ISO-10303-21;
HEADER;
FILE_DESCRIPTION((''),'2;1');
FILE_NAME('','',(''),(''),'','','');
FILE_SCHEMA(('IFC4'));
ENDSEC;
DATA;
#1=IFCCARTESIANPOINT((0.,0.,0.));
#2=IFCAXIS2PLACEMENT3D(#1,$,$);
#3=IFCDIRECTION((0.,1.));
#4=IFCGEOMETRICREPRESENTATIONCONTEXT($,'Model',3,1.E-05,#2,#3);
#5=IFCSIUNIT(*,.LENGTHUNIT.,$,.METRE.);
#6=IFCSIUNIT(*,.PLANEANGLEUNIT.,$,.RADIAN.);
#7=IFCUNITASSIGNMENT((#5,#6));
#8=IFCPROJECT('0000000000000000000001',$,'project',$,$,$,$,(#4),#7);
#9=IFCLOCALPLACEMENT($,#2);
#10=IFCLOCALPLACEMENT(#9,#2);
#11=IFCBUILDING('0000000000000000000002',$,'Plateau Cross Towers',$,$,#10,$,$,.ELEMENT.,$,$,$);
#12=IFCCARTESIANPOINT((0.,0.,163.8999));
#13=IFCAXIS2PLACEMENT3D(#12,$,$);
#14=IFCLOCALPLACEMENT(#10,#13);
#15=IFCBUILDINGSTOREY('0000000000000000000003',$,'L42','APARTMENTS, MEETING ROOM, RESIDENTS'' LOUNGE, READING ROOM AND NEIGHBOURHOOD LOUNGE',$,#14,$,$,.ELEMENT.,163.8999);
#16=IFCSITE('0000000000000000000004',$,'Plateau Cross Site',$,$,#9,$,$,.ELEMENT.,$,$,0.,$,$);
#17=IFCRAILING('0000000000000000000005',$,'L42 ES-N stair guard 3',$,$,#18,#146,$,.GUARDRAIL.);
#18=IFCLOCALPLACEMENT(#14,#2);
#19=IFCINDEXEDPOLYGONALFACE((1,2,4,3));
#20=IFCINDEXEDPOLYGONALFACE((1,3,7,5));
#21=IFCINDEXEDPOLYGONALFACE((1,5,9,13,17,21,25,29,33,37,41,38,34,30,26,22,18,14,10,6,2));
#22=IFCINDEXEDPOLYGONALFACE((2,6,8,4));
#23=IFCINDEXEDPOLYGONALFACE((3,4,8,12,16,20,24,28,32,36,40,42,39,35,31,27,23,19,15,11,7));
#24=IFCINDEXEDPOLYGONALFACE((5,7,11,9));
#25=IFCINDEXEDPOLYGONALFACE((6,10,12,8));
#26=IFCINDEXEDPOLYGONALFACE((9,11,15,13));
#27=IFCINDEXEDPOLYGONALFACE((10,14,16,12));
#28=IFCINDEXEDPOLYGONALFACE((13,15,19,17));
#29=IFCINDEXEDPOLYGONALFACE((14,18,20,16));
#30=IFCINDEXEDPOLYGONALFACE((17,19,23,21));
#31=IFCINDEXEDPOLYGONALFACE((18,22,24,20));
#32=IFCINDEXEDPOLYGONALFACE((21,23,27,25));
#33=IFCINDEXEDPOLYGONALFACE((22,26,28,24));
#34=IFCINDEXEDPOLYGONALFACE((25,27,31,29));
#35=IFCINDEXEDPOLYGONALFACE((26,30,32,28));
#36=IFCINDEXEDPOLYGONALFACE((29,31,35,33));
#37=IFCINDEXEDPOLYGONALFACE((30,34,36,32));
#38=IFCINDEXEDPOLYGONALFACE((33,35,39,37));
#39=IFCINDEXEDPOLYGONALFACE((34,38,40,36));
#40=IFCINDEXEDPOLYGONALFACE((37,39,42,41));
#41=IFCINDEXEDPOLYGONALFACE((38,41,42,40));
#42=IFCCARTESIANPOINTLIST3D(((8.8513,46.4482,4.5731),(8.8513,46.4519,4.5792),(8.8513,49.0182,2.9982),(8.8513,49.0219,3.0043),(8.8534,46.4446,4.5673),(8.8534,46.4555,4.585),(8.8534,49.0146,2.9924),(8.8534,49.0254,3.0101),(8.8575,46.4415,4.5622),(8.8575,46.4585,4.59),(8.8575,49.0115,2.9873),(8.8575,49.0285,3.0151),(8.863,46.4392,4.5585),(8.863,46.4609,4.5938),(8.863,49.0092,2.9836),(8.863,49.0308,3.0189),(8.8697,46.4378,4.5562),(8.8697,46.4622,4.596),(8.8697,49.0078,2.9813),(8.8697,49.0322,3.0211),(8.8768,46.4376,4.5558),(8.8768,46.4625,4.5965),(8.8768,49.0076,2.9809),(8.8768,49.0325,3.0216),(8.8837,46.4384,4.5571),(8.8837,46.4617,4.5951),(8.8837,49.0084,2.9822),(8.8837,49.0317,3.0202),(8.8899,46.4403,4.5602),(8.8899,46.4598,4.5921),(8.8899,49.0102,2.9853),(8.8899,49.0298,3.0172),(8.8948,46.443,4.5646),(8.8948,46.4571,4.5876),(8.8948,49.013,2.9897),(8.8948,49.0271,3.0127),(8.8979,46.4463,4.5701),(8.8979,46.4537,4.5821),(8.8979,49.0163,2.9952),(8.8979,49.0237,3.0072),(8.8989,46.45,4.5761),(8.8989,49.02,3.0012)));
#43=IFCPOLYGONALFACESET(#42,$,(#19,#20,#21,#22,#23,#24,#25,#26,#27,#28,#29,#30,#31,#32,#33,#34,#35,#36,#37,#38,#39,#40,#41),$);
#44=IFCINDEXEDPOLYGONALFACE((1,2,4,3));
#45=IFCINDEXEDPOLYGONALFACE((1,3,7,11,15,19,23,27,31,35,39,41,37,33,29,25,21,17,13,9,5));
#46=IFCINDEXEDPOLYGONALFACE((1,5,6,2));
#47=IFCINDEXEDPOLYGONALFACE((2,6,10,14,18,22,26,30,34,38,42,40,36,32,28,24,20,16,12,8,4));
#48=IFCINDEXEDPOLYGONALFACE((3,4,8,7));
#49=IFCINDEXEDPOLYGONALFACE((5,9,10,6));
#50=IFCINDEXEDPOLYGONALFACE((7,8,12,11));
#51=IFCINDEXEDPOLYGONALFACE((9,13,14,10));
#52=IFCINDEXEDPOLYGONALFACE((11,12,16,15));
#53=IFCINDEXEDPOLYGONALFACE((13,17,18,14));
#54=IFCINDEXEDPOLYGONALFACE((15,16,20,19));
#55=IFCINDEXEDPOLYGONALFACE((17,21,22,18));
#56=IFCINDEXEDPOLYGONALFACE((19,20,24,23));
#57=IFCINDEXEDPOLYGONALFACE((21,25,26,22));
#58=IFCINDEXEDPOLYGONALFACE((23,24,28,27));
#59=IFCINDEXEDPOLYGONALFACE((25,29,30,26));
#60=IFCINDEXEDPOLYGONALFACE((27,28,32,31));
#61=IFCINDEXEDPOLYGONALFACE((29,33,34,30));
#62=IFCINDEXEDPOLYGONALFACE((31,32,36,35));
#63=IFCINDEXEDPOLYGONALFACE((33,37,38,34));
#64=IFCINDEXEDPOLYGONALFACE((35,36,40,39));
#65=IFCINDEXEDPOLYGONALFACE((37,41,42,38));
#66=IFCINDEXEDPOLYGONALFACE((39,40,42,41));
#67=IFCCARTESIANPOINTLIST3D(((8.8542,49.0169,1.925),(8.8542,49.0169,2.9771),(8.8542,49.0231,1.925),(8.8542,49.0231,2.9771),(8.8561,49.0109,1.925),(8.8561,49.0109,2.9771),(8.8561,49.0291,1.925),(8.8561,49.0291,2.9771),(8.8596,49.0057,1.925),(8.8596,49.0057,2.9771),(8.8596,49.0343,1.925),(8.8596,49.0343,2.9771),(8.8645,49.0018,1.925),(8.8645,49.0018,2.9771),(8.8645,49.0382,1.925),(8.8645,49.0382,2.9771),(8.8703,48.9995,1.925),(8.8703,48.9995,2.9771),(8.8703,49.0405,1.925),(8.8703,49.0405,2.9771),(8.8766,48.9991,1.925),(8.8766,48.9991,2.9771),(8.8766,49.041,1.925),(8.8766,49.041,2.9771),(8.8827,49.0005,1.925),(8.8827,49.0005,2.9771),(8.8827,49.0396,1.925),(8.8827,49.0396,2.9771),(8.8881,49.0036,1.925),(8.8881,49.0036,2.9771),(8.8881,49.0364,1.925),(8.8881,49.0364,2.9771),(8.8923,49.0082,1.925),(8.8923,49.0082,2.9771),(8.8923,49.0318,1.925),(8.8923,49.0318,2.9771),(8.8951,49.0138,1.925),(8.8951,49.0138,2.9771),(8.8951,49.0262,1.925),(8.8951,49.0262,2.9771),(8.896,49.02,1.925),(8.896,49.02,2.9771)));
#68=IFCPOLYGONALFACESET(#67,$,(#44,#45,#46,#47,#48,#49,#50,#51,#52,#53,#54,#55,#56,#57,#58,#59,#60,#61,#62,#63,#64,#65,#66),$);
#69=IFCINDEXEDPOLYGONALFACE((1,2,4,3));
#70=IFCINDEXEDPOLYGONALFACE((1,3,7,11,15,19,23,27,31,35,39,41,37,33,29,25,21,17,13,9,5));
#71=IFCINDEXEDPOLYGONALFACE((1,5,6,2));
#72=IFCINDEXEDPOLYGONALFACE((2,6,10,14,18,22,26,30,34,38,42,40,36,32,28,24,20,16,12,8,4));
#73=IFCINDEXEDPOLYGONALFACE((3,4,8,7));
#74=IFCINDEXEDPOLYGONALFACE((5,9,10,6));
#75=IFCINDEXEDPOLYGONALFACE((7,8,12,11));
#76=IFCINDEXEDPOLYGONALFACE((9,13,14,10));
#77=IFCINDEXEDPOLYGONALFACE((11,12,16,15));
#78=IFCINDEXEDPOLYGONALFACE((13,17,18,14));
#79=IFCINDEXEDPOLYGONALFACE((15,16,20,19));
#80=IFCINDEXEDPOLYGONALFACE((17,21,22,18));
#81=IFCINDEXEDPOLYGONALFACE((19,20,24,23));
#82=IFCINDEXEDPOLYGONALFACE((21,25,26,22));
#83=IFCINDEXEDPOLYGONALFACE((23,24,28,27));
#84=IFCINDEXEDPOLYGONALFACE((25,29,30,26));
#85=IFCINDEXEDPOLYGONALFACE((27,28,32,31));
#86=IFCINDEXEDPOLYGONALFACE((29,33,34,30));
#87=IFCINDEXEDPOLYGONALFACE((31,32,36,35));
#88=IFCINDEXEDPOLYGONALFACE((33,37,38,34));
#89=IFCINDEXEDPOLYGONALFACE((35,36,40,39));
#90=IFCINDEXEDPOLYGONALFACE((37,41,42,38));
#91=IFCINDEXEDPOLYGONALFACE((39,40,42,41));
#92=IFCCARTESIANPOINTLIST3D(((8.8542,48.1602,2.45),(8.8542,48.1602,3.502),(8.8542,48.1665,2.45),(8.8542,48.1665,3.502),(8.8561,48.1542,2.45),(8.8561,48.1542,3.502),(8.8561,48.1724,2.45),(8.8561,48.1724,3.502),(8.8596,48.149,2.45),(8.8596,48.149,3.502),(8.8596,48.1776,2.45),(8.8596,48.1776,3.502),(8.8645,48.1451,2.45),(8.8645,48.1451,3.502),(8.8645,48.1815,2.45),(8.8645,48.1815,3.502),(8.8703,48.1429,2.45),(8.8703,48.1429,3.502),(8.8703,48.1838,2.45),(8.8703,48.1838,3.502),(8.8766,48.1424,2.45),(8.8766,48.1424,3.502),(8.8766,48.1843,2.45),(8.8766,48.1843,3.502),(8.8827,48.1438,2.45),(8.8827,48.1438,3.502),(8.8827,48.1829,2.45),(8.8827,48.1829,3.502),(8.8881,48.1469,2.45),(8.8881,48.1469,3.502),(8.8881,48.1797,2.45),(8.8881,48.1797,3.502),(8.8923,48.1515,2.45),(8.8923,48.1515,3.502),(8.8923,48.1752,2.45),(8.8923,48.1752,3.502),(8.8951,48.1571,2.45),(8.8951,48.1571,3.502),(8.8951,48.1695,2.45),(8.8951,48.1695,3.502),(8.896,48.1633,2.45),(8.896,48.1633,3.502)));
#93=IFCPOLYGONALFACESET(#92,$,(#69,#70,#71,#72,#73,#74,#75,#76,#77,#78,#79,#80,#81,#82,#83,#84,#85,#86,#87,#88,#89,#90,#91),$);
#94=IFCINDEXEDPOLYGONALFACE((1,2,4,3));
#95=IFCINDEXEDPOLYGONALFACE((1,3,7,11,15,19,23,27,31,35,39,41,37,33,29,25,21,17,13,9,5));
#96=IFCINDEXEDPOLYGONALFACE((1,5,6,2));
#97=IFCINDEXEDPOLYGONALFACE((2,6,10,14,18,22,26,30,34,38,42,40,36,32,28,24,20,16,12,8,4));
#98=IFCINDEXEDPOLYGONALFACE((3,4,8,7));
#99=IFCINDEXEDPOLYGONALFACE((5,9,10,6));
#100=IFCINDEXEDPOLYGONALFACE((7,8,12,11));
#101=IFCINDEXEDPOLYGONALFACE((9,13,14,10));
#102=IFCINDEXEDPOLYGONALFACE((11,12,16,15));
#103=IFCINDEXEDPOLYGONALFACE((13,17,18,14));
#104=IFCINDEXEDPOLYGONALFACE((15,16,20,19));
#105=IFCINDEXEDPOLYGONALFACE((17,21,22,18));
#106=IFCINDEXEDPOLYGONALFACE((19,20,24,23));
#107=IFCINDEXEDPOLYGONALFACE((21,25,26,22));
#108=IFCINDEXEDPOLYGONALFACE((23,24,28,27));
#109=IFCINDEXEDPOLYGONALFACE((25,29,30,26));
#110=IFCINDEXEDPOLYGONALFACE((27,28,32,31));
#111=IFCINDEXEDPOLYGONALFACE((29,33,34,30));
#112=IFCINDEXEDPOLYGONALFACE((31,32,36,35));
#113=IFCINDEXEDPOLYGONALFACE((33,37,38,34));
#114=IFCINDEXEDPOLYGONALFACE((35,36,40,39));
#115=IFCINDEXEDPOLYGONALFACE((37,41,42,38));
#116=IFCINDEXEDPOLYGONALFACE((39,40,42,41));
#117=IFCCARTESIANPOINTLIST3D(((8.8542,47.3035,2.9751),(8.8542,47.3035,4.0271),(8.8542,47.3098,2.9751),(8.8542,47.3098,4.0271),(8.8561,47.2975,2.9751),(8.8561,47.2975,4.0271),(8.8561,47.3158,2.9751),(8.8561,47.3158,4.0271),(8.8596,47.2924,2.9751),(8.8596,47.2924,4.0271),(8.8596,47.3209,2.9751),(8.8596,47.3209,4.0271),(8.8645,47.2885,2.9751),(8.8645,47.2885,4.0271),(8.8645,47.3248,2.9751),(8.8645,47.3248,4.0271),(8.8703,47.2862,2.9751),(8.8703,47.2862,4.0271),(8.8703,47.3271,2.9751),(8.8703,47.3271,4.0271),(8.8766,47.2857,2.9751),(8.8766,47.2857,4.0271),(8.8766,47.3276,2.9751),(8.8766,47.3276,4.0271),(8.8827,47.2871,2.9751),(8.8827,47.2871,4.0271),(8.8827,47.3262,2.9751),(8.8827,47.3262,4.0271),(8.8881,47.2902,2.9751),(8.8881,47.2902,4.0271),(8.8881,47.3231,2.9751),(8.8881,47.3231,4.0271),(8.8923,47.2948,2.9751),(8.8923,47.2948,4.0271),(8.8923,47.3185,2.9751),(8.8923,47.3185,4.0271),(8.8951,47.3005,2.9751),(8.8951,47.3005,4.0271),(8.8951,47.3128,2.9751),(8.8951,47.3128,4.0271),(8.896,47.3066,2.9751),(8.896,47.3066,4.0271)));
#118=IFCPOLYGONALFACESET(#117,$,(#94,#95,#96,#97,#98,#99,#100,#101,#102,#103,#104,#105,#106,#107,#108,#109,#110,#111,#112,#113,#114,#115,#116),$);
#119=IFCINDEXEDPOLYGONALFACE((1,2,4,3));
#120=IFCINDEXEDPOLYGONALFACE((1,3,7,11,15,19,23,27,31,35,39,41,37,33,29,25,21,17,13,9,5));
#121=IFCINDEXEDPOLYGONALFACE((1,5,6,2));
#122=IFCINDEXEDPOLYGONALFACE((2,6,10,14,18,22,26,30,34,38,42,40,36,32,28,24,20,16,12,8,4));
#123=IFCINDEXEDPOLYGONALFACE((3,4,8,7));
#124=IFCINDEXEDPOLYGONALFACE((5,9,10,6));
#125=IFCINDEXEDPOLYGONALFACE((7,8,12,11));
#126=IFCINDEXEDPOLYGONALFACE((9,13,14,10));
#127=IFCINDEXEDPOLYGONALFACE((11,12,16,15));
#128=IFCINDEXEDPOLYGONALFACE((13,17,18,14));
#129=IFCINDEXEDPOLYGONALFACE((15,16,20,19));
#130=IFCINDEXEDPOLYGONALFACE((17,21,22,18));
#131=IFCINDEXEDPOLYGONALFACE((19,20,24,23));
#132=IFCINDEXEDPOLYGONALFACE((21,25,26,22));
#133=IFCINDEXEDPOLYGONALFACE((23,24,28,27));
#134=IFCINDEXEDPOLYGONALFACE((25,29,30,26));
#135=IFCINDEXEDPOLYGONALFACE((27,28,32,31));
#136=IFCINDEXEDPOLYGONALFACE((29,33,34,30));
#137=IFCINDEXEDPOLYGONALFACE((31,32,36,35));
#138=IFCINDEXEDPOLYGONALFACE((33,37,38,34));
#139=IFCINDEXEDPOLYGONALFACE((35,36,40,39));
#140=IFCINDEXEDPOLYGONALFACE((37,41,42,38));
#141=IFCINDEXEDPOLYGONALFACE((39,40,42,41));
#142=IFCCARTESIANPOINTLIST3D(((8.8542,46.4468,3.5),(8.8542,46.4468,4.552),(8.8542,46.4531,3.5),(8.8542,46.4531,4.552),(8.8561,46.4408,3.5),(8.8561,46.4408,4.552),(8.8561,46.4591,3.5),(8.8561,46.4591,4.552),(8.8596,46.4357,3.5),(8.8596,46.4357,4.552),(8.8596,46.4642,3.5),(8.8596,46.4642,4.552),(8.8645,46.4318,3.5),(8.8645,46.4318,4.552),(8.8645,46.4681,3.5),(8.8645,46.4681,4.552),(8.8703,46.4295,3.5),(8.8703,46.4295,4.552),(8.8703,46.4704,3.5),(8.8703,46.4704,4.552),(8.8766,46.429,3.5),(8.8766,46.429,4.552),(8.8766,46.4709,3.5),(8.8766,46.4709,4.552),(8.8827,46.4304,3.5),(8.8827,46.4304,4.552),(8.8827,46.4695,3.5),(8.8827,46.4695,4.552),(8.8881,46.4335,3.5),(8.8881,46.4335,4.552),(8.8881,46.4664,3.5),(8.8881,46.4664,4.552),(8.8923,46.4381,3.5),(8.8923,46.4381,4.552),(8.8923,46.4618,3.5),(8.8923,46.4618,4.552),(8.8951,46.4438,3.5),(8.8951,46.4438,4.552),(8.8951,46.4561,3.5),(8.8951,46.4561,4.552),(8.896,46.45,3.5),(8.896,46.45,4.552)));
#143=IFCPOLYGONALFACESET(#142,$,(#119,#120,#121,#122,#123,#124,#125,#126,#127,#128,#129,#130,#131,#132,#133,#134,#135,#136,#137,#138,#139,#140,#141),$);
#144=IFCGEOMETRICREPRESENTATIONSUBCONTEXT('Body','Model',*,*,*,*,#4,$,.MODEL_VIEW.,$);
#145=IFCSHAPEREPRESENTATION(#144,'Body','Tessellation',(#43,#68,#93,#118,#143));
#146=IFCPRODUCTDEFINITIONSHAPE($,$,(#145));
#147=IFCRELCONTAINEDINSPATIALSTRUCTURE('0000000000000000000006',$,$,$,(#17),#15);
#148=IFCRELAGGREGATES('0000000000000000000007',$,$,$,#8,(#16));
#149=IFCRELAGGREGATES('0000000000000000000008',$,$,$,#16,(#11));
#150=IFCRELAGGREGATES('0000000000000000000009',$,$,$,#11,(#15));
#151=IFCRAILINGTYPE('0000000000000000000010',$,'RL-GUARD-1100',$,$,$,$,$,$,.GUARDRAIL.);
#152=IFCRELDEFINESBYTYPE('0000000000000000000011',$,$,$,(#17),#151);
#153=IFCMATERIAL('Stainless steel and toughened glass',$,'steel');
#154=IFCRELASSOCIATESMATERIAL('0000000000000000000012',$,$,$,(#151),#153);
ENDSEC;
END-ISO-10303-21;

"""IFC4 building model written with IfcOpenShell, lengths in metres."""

from ifc_helpers import new_model, si_unit, direction, frame, origin, origin_2d, place, context, subcontext, project, spatial, circle, extrude, material, type_object, element, save


model = new_model("IFC4")

# Units and contexts
model_context = context("Model", 3, precision=1e-05, world=origin(), true_north=direction((0.0, 1.0)))
body_context = subcontext(model_context, "Body", "Model", "MODEL_VIEW")
ifc_project = project(units=[si_unit("LENGTHUNIT", "METRE"), si_unit("PLANEANGLEUNIT", "RADIAN")], contexts=[model_context])

# Site, building, storey
site_placement = place(None, origin())
site = spatial("IfcSite", under=ifc_project, at=site_placement, Name="Plateau Cross Site", CompositionType="ELEMENT", RefElevation=0.0)
building_placement = place(site_placement, origin())
building = spatial("IfcBuilding", under=site, at=building_placement, Name="Plateau Cross Towers", CompositionType="ELEMENT")
storey_placement = place(building_placement, frame((0.0, 0.0, 163.8999)))
storey = spatial("IfcBuildingStorey", under=building, at=storey_placement, Name="L42", Description="APARTMENTS, MEETING ROOM, RESIDENTS' LOUNGE, READING ROOM AND NEIGHBOURHOOD LOUNGE", CompositionType="ELEMENT", Elevation=163.8999)

# Railing
ifc_material_1 = material(Name="Stainless steel and toughened glass", Category="steel")
railing_type_1 = type_object("IfcRailingType", Name="RL-GUARD-1100", PredefinedType="GUARDRAIL", material=ifc_material_1)
railing_1_placement = place(storey_placement, frame((8.875, 49.02, 1.925)))
element("IfcRailing", 1, at=railing_1_placement, inside=storey, type_object=railing_type_1, Name="L42 ES-N stair guard 3", PredefinedType="GUARDRAIL", context=body_context, shape_type="SweptSolid", body=[
    extrude(circle(Radius=0.0239, at=origin_2d()), frame((0.0, 0.0, 1.0762), z_axis=(0.0, -0.852639, 0.522501), x_axis=(1.0, 0.0, 0.0)), (0.0, 0.0, 1.0), 3.0142),
    extrude(circle(Radius=0.021, at=origin_2d()), origin(), (0.0, 0.0, 1.0), 1.052),
    extrude(circle(Radius=0.021, at=origin_2d()), frame((0.0, -0.8567, 0.5249)), (0.0, 0.0, 1.0), 1.052),
    extrude(circle(Radius=0.021, at=origin_2d()), frame((0.0, -1.7134, 1.05)), (0.0, 0.0, 1.0), 1.052),
    extrude(circle(Radius=0.021, at=origin_2d()), frame((0.0, -2.5701, 1.575)), (0.0, 0.0, 1.0), 1.052),
])

save(model, "model.ifc")
